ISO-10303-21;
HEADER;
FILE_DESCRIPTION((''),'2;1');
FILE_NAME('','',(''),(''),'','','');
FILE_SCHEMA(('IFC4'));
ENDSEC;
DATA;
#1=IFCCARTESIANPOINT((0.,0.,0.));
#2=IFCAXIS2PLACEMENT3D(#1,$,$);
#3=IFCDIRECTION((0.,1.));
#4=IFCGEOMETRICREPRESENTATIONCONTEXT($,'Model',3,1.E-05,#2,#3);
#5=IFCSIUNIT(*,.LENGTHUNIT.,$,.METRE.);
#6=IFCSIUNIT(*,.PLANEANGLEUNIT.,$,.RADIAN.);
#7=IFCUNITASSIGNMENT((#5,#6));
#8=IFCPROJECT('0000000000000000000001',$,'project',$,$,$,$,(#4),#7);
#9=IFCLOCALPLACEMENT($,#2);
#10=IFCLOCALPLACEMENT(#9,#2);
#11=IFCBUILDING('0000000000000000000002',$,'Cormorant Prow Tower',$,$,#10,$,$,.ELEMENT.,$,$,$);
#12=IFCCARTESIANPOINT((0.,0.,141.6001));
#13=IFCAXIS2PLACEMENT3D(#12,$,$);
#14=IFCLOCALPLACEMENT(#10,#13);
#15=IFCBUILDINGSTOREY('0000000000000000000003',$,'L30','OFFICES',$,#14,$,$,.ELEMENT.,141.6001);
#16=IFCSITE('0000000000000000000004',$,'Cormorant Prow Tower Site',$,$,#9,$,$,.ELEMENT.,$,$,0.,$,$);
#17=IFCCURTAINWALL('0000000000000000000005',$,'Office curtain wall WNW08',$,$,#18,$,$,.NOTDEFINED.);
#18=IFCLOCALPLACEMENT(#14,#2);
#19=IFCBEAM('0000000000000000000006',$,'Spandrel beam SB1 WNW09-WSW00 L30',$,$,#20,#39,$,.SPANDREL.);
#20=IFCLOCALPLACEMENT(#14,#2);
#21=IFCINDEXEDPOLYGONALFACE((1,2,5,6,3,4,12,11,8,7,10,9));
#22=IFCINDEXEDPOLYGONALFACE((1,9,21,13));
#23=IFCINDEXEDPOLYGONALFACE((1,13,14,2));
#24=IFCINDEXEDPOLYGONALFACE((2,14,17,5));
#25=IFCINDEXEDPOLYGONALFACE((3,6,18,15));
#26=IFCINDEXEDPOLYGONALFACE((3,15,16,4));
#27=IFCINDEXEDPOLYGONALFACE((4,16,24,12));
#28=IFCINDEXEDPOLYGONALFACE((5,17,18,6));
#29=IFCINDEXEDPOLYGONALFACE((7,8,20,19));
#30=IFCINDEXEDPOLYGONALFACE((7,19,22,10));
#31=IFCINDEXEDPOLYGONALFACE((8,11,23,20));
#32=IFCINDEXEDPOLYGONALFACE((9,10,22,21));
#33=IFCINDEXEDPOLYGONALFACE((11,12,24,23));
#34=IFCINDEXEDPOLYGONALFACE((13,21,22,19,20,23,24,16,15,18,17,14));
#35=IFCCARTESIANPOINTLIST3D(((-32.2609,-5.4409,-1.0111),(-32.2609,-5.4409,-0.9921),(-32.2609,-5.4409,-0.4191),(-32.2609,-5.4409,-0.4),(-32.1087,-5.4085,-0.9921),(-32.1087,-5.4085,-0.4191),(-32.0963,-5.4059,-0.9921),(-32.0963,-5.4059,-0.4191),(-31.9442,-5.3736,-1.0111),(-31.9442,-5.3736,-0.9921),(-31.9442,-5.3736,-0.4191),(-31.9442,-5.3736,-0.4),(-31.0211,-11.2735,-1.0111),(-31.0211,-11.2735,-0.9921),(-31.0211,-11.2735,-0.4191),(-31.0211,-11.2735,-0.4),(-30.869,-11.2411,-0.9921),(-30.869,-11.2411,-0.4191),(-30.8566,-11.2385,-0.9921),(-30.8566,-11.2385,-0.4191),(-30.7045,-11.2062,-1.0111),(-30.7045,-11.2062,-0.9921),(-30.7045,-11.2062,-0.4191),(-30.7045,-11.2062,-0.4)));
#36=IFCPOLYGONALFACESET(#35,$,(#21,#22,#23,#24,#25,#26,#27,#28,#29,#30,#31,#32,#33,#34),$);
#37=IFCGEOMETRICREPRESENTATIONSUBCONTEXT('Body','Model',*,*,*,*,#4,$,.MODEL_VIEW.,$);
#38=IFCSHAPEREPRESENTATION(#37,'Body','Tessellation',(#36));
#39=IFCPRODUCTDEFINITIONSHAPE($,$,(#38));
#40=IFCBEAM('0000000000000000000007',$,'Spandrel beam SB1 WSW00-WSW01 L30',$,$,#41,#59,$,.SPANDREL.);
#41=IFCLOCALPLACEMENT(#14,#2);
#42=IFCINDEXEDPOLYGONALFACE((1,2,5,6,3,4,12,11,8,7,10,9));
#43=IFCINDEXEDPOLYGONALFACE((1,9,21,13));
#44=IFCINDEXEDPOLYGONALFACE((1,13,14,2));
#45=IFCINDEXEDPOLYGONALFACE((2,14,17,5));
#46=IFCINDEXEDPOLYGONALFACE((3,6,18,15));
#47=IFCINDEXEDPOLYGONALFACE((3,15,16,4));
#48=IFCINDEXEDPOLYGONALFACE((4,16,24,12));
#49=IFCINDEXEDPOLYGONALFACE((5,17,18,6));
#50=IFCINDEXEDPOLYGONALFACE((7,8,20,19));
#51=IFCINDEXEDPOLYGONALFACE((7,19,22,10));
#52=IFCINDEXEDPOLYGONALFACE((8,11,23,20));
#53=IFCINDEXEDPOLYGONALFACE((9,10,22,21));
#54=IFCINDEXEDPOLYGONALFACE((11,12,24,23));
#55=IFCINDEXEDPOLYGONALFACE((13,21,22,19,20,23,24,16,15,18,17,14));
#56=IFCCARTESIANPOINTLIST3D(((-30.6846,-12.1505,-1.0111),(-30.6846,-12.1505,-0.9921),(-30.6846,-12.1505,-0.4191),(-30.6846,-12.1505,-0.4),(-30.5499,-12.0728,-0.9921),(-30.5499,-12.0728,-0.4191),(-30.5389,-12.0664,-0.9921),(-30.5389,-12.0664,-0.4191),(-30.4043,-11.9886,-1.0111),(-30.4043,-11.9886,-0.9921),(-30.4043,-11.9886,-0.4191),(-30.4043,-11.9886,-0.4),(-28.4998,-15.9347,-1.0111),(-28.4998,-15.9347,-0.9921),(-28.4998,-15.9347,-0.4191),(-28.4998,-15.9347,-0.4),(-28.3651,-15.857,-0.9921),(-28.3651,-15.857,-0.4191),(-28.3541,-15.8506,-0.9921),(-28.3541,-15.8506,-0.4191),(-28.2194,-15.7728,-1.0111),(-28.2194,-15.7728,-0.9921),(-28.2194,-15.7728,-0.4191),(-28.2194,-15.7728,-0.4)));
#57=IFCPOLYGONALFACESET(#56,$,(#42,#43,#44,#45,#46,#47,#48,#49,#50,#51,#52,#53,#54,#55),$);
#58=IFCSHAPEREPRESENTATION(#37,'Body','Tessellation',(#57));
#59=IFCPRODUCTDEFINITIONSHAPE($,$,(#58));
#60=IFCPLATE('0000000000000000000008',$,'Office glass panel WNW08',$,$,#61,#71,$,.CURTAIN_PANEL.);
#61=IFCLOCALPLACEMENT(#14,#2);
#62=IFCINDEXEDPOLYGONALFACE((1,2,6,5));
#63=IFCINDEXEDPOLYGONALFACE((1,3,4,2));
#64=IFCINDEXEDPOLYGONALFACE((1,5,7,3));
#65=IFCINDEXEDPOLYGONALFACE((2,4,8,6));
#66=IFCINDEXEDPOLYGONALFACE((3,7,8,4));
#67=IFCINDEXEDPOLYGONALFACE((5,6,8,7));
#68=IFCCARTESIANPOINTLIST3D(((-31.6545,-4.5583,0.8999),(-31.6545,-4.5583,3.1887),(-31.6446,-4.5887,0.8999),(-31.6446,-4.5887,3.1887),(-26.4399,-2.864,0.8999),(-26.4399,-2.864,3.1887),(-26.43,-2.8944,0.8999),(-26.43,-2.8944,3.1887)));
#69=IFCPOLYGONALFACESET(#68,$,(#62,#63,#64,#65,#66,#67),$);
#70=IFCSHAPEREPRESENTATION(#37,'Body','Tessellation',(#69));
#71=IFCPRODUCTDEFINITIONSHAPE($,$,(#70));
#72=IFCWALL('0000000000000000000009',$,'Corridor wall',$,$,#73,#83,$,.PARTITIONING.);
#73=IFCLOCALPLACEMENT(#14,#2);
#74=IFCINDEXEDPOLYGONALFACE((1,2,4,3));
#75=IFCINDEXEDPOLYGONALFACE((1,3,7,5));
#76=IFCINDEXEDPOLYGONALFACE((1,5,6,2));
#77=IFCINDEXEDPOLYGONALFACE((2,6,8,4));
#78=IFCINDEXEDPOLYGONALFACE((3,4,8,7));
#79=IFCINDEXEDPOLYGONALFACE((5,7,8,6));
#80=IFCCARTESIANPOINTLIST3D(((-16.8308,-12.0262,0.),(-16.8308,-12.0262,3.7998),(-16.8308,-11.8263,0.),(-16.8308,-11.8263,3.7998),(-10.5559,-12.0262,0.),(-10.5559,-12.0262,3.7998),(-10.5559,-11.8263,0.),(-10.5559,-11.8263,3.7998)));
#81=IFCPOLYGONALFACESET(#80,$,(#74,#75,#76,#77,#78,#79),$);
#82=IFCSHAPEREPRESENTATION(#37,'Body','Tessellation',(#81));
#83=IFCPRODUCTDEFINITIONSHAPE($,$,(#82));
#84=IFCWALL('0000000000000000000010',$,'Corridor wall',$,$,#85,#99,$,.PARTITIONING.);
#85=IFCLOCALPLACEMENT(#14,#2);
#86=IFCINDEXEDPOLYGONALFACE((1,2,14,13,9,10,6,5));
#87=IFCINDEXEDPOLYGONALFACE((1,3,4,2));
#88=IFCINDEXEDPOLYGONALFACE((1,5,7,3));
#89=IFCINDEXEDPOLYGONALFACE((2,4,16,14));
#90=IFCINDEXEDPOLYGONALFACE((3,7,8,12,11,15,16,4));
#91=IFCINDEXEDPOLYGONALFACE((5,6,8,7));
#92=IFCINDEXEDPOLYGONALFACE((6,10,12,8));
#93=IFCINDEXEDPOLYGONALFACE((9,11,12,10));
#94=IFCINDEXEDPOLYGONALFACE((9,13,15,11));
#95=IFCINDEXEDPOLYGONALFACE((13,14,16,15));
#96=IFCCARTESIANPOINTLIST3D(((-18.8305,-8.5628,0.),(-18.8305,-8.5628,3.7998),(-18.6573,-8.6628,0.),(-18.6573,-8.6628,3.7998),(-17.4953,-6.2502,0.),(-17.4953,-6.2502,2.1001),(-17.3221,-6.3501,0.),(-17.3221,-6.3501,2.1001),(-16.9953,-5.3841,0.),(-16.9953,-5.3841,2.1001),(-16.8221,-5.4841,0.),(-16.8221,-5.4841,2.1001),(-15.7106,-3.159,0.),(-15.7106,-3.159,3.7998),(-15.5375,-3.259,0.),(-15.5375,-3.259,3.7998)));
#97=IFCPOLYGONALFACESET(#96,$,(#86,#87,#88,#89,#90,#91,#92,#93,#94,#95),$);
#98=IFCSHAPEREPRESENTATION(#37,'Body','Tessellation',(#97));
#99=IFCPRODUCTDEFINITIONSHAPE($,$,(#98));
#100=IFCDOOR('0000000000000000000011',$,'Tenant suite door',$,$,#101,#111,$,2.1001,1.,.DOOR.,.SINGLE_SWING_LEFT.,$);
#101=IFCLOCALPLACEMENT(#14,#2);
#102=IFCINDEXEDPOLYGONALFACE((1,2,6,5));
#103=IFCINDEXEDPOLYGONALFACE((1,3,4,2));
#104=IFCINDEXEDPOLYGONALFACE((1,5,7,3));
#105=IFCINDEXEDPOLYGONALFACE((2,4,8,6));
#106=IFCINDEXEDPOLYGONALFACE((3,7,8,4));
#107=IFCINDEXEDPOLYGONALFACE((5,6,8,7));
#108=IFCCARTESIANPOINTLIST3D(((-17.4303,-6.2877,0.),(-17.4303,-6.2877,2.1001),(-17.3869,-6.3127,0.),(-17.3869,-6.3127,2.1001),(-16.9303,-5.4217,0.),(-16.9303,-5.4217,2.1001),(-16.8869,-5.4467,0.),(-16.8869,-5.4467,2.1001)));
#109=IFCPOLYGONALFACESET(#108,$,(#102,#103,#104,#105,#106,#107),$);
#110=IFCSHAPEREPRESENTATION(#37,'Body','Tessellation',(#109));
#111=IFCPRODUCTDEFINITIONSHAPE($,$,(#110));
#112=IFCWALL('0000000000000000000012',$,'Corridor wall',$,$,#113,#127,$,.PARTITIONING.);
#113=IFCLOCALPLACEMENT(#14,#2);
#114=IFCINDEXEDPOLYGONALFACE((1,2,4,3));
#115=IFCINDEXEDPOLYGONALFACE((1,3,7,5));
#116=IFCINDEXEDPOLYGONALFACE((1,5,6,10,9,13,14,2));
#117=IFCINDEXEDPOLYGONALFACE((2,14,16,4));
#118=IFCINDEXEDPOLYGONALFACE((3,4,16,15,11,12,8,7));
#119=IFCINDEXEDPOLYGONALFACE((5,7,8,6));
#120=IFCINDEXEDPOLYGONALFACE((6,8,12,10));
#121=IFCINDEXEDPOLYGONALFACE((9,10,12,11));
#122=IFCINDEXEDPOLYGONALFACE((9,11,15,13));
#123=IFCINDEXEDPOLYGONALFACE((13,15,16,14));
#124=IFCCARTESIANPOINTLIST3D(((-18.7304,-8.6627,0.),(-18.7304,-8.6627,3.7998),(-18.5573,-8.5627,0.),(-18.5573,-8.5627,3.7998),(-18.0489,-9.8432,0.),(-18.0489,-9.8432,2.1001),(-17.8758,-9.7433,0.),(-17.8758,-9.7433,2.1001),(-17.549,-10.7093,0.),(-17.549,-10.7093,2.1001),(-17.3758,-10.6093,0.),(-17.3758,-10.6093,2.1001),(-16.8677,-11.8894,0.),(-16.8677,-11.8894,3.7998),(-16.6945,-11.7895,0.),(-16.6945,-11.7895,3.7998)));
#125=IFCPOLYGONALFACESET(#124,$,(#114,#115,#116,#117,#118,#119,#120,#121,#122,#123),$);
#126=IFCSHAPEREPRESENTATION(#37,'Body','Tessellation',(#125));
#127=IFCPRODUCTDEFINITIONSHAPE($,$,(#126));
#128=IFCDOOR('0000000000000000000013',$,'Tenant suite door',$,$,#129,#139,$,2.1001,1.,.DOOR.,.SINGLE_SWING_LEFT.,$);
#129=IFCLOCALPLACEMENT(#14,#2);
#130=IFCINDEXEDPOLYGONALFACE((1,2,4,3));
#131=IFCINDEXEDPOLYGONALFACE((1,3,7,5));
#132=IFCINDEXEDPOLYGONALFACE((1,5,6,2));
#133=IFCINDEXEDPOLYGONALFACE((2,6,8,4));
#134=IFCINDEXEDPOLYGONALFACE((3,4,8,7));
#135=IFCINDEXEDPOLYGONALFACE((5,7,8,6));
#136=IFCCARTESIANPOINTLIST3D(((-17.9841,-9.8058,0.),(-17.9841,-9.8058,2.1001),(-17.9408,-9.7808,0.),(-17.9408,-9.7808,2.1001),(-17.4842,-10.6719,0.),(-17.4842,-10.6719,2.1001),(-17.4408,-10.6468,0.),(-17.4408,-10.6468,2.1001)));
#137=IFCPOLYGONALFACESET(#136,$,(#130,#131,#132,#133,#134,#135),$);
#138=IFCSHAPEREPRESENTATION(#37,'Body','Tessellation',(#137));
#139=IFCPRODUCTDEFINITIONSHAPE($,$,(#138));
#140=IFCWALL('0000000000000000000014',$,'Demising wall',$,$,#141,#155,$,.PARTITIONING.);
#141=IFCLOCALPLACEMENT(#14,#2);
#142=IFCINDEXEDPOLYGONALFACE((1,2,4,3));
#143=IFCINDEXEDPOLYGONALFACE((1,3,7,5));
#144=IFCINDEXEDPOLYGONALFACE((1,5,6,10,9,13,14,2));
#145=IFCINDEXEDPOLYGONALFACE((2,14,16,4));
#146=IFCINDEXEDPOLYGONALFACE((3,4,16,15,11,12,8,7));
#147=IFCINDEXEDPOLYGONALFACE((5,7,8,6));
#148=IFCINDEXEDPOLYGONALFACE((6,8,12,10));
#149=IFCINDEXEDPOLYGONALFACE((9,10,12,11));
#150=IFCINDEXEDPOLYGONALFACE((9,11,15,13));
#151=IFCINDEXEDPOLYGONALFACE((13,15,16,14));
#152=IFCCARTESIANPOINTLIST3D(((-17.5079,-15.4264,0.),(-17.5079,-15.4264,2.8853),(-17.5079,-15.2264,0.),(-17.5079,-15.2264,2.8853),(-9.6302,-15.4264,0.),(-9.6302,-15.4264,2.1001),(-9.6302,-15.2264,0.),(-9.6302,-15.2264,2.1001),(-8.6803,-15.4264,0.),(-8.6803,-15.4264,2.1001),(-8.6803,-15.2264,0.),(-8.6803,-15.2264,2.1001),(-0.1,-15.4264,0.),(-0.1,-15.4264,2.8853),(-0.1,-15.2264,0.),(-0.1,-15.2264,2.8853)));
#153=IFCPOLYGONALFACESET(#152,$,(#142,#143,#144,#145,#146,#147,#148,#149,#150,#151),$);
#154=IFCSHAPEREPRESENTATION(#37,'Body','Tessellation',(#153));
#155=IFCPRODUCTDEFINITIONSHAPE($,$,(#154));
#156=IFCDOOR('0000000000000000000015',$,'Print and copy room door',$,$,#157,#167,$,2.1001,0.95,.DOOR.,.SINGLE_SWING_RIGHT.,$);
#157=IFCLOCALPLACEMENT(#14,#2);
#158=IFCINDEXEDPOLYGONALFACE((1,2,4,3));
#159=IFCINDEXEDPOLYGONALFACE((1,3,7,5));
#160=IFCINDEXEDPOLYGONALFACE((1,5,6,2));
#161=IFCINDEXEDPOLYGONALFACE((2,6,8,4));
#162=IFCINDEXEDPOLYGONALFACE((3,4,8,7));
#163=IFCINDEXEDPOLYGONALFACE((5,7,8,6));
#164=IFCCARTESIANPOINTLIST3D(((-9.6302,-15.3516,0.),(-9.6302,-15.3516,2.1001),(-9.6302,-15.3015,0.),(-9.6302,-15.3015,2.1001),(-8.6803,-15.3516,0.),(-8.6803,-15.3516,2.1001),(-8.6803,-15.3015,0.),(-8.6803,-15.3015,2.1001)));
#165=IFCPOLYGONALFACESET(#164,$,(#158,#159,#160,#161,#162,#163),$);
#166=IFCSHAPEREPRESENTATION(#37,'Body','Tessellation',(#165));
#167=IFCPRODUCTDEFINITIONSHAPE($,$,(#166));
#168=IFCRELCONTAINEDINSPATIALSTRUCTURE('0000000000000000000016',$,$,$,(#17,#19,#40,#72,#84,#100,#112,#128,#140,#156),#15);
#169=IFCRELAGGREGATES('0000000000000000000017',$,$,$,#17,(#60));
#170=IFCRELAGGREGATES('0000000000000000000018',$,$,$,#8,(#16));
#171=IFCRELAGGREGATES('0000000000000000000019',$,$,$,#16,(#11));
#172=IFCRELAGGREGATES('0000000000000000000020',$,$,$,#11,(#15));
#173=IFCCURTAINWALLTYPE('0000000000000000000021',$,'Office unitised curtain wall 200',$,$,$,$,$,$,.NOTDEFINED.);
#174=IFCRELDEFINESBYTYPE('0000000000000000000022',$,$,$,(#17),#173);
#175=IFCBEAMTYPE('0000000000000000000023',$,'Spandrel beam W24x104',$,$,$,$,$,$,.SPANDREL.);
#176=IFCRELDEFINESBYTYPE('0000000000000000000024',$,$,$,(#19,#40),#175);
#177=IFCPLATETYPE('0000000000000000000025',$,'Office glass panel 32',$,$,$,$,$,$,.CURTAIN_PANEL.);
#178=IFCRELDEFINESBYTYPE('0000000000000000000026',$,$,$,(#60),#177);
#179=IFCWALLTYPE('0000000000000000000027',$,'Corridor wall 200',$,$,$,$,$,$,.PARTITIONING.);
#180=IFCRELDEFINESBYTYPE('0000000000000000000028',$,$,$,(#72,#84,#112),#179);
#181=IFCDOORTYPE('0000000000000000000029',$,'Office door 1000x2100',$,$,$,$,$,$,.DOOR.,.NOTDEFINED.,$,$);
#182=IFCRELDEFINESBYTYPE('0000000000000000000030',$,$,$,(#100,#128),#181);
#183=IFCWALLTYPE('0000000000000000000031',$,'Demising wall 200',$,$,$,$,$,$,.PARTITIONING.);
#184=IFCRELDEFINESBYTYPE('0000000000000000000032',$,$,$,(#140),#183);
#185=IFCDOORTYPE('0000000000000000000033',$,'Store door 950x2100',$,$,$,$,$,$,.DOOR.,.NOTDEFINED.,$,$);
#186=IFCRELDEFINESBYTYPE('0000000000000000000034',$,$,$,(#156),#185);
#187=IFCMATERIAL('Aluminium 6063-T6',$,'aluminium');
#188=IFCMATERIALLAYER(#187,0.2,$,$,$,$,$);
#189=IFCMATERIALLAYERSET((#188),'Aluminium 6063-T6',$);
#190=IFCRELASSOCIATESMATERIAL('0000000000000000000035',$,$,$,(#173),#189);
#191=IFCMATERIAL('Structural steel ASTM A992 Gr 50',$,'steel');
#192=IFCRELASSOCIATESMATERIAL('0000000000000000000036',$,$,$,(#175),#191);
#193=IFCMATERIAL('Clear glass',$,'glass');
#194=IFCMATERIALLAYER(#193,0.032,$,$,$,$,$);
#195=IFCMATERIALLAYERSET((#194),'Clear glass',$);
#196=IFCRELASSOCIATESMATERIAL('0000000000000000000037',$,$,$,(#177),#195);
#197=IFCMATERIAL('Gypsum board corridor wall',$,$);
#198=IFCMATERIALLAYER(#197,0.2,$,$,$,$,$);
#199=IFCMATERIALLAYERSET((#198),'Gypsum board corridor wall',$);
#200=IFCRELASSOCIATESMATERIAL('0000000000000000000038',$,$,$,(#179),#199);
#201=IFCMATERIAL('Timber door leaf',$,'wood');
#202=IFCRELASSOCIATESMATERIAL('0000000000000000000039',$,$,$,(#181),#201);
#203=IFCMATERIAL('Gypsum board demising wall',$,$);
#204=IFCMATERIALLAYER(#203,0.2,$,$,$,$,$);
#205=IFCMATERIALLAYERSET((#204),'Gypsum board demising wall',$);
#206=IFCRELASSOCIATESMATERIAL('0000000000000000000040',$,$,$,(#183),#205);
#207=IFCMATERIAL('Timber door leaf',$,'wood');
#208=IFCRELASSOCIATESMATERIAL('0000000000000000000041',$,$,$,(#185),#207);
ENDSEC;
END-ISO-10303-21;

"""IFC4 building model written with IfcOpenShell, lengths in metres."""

from ifc_helpers import new_model, si_unit, direction, frame, frame_2d, origin, origin_2d, place, context, subcontext, project, spatial, rectangle, i_section, extrude, material, layer, layer_set, material_profile, profile_set, type_object, element, fill, aggregate, save


model = new_model("IFC4")

# Units and contexts
model_context = context("Model", 3, precision=1e-05, world=origin(), true_north=direction((0.0, 1.0)))
body_context = subcontext(model_context, "Body", "Model", "MODEL_VIEW")
ifc_project = project(units=[si_unit("LENGTHUNIT", "METRE"), si_unit("PLANEANGLEUNIT", "RADIAN")], contexts=[model_context])

# Site, building, storey
site_placement = place(None, origin())
site = spatial("IfcSite", under=ifc_project, at=site_placement, Name="Cormorant Prow Tower Site", CompositionType="ELEMENT", RefElevation=0.0)
building_placement = place(site_placement, origin())
building = spatial("IfcBuilding", under=site, at=building_placement, Name="Cormorant Prow Tower", CompositionType="ELEMENT")
storey_placement = place(building_placement, frame((0.0, 0.0, 141.6001)))
storey = spatial("IfcBuildingStorey", under=building, at=storey_placement, Name="L30", Description="OFFICES", CompositionType="ELEMENT", Elevation=141.6001)

# Curtain wall
ifc_material_1 = material(Name="Aluminium 6063-T6", Category="aluminium")
ifc_layer_1 = layer(ifc_material_1, 0.2)
ifc_layer_set_1 = layer_set([ifc_layer_1], Name="Aluminium 6063-T6")
curtain_wall_type = type_object("IfcCurtainWallType", Name="Office unitised curtain wall 200", PredefinedType="NOTDEFINED", material=ifc_layer_set_1)
curtain_wall_placement = place(storey_placement, origin())
curtain_wall = element("IfcCurtainWall", 1, at=curtain_wall_placement, inside=storey, type_object=curtain_wall_type, Name="Office curtain wall WNW08", PredefinedType="NOTDEFINED")

# Beams
ifc_material_2 = material(Name="Structural steel ASTM A992 Gr 50", Category="steel")
ifc_material_profile_1 = material_profile(ifc_material_2, i_section(OverallWidth=0.3237, OverallDepth=0.6111, WebThickness=0.0127, FlangeThickness=0.019, at=origin_2d()), Name="W24x104")
ifc_profile_set_1 = profile_set([ifc_material_profile_1], Name="Structural steel ASTM A992 Gr 50")
beam_type_1 = type_object("IfcBeamType", Name="Spandrel beam W24x104", PredefinedType="SPANDREL", material=ifc_profile_set_1)
beam_1_placement = place(storey_placement, frame((-32.1025, -5.4072, -0.7056), z_axis=(0.207913, -0.978147, 0.0), x_axis=(0.978147, 0.207913, 0.0)))
element("IfcBeam", 2, at=beam_1_placement, inside=storey, type_object=beam_type_1, Name="Spandrel beam SB1 WNW09-WSW00 L30", PredefinedType="SPANDREL", context=body_context, shape_type="SweptSolid", body=[
    extrude(i_section(OverallWidth=0.3237, OverallDepth=0.6111, WebThickness=0.0127, FlangeThickness=0.019, at=origin_2d()), origin(), (0.0, 0.0, 1.0), 5.9629),
])
beam_2_placement = place(storey_placement, frame((-30.5444, -12.0696, -0.7056), z_axis=(0.500003, -0.866024, 0.0), x_axis=(0.866024, 0.500003, 0.0)))
element("IfcBeam", 3, at=beam_2_placement, inside=storey, type_object=beam_type_1, Name="Spandrel beam SB1 WSW00-WSW01 L30", PredefinedType="SPANDREL", context=body_context, shape_type="SweptSolid", body=[
    extrude(i_section(OverallWidth=0.3237, OverallDepth=0.6111, WebThickness=0.0127, FlangeThickness=0.019, at=origin_2d()), origin(), (0.0, 0.0, 1.0), 4.3696),
])

# Plate
ifc_material_3 = material(Name="Clear glass", Category="glass")
ifc_layer_2 = layer(ifc_material_3, 0.032)
ifc_layer_set_2 = layer_set([ifc_layer_2], Name="Clear glass")
plate_type = type_object("IfcPlateType", Name="Office glass panel 32", PredefinedType="CURTAIN_PANEL", material=ifc_layer_set_2)
plate_placement = place(storey_placement, frame((-29.0422, -3.7263, 0.8999), z_axis=(0.0, 0.0, 1.0), x_axis=(-0.951057, -0.309017, 0.0)))
plate = element("IfcPlate", 4, at=plate_placement, type_object=plate_type, Name="Office glass panel WNW08", PredefinedType="CURTAIN_PANEL", context=body_context, shape_type="SweptSolid", body=[
    extrude(rectangle(XDim=5.4829, YDim=0.032, at=origin_2d()), origin(), (0.0, 0.0, 1.0), 2.2888),
])
aggregate(curtain_wall, [plate])

# Wall
ifc_material_4 = material(Name="Gypsum board corridor wall")
ifc_layer_3 = layer(ifc_material_4, 0.2)
ifc_layer_set_3 = layer_set([ifc_layer_3], Name="Gypsum board corridor wall")
wall_type_1 = type_object("IfcWallType", Name="Corridor wall 200", PredefinedType="PARTITIONING", material=ifc_layer_set_3)
wall_1_placement = place(storey_placement, frame((-16.8308, -11.9263, 0.0), z_axis=(0.0, 0.0, 1.0), x_axis=(1.0, 0.0, 0.0)))
element("IfcWall", 5, at=wall_1_placement, inside=storey, type_object=wall_type_1, Name="Corridor wall", PredefinedType="PARTITIONING", context=body_context, shape_type="SweptSolid", body=[
    extrude(rectangle(XDim=6.2749, YDim=0.2, at=frame_2d((3.1375, 0.0))), origin(), (0.0, 0.0, 1.0), 3.7998),
])

# Walls, openings, doors
wall_2_placement = place(storey_placement, frame((-18.7439, -8.6128, 0.0), z_axis=(0.0, 0.0, 1.0), x_axis=(0.499998, 0.866027, 0.0)))
wall_2 = element("IfcWall", 6, at=wall_2_placement, inside=storey, type_object=wall_type_1, Name="Corridor wall", PredefinedType="PARTITIONING", context=body_context, shape_type="SweptSolid", body=[
    extrude(rectangle(XDim=6.2397, YDim=0.2, at=frame_2d((3.1199, 0.0))), origin(), (0.0, 0.0, 1.0), 3.7998),
])
opening_1_placement = place(wall_2_placement, frame((2.6704, 0.0, 0.0)))
opening_1 = element("IfcOpeningElement", 7, at=opening_1_placement, cuts=wall_2, PredefinedType="OPENING", context=body_context, shape_type="SweptSolid", body=[
    extrude(rectangle(XDim=1.0, YDim=2.1001, at=frame_2d((0.5, 1.05))), frame((0.0, 0.1099, 0.0), z_axis=(0.0, -1.0, 0.0), x_axis=(1.0, 0.0, 0.0)), (0.0, 0.0, 1.0), 0.22),
])
ifc_material_5 = material(Name="Timber door leaf", Category="wood")
door_type_1 = type_object("IfcDoorType", Name="Office door 1000x2100", OperationType="NOTDEFINED", PredefinedType="DOOR", material=ifc_material_5)
door_1_placement = place(opening_1_placement, origin())
door_1 = element("IfcDoor", 8, at=door_1_placement, inside=storey, type_object=door_type_1, Name="Tenant suite door", OperationType="SINGLE_SWING_LEFT", OverallHeight=2.1001, OverallWidth=1.0, PredefinedType="DOOR", context=body_context, shape_type="SweptSolid", body=[
    extrude(rectangle(XDim=1.0, YDim=2.1001, at=frame_2d((0.5, 1.05))), frame((0.0, 0.0249, 0.0), z_axis=(0.0, -1.0, 0.0), x_axis=(1.0, 0.0, 0.0)), (0.0, 0.0, 1.0), 0.05),
])
fill(opening_1, door_1)
wall_3_placement = place(storey_placement, frame((-18.6438, -8.6128, 0.0), z_axis=(0.0, 0.0, 1.0), x_axis=(0.499959, -0.866049, 0.0)))
wall_3 = element("IfcWall", 9, at=wall_3_placement, inside=storey, type_object=wall_type_1, Name="Corridor wall", PredefinedType="PARTITIONING", context=body_context, shape_type="SweptSolid", body=[
    extrude(rectangle(XDim=3.7258, YDim=0.2, at=frame_2d((1.8628, 0.0))), origin(), (0.0, 0.0, 1.0), 3.7998),
])
opening_2_placement = place(wall_3_placement, frame((1.363, 0.0, 0.0)))
opening_2 = element("IfcOpeningElement", 10, at=opening_2_placement, cuts=wall_3, PredefinedType="OPENING", context=body_context, shape_type="SweptSolid", body=[
    extrude(rectangle(XDim=1.0, YDim=2.1001, at=frame_2d((0.5, 1.05))), frame((0.0, 0.1099, 0.0), z_axis=(0.0, -1.0, 0.0), x_axis=(1.0, 0.0, 0.0)), (0.0, 0.0, 1.0), 0.22),
])
door_2_placement = place(opening_2_placement, origin())
door_2 = element("IfcDoor", 11, at=door_2_placement, inside=storey, type_object=door_type_1, Name="Tenant suite door", OperationType="SINGLE_SWING_LEFT", OverallHeight=2.1001, OverallWidth=1.0, PredefinedType="DOOR", context=body_context, shape_type="SweptSolid", body=[
    extrude(rectangle(XDim=1.0, YDim=2.1001, at=frame_2d((0.5, 1.05))), frame((0.0, 0.0249, 0.0), z_axis=(0.0, -1.0, 0.0), x_axis=(1.0, 0.0, 0.0)), (0.0, 0.0, 1.0), 0.05),
])
fill(opening_2, door_2)
ifc_material_6 = material(Name="Gypsum board demising wall")
ifc_layer_4 = layer(ifc_material_6, 0.2)
ifc_layer_set_4 = layer_set([ifc_layer_4], Name="Gypsum board demising wall")
wall_type_2 = type_object("IfcWallType", Name="Demising wall 200", PredefinedType="PARTITIONING", material=ifc_layer_set_4)
wall_4_placement = place(storey_placement, frame((-17.5081, -15.3264, 0.0), z_axis=(0.0, 0.0, 1.0), x_axis=(1.0, 0.0, 0.0)))
wall_4 = element("IfcWall", 12, at=wall_4_placement, inside=storey, type_object=wall_type_2, Name="Demising wall", PredefinedType="PARTITIONING", context=body_context, shape_type="SweptSolid", body=[
    extrude(rectangle(XDim=17.408, YDim=0.2, at=frame_2d((8.7041, 0.0))), origin(), (0.0, 0.0, 1.0), 2.8853),
])
opening_3_placement = place(wall_4_placement, frame((7.8777, 0.0, 0.0)))
opening_3 = element("IfcOpeningElement", 13, at=opening_3_placement, cuts=wall_4, PredefinedType="OPENING", context=body_context, shape_type="SweptSolid", body=[
    extrude(rectangle(XDim=0.95, YDim=2.1001, at=frame_2d((0.4751, 1.05))), frame((0.0, 0.1099, 0.0), z_axis=(0.0, -1.0, 0.0), x_axis=(1.0, 0.0, 0.0)), (0.0, 0.0, 1.0), 0.22),
])
ifc_material_7 = material(Name="Timber door leaf", Category="wood")
door_type_2 = type_object("IfcDoorType", Name="Store door 950x2100", OperationType="NOTDEFINED", PredefinedType="DOOR", material=ifc_material_7)
door_3_placement = place(opening_3_placement, origin())
door_3 = element("IfcDoor", 14, at=door_3_placement, inside=storey, type_object=door_type_2, Name="Print and copy room door", OperationType="SINGLE_SWING_RIGHT", OverallHeight=2.1001, OverallWidth=0.95, PredefinedType="DOOR", context=body_context, shape_type="SweptSolid", body=[
    extrude(rectangle(XDim=0.95, YDim=2.1001, at=frame_2d((0.4751, 1.05))), frame((0.0, 0.0249, 0.0), z_axis=(0.0, -1.0, 0.0), x_axis=(1.0, 0.0, 0.0)), (0.0, 0.0, 1.0), 0.05),
])
fill(opening_3, door_3)

save(model, "model.ifc")
